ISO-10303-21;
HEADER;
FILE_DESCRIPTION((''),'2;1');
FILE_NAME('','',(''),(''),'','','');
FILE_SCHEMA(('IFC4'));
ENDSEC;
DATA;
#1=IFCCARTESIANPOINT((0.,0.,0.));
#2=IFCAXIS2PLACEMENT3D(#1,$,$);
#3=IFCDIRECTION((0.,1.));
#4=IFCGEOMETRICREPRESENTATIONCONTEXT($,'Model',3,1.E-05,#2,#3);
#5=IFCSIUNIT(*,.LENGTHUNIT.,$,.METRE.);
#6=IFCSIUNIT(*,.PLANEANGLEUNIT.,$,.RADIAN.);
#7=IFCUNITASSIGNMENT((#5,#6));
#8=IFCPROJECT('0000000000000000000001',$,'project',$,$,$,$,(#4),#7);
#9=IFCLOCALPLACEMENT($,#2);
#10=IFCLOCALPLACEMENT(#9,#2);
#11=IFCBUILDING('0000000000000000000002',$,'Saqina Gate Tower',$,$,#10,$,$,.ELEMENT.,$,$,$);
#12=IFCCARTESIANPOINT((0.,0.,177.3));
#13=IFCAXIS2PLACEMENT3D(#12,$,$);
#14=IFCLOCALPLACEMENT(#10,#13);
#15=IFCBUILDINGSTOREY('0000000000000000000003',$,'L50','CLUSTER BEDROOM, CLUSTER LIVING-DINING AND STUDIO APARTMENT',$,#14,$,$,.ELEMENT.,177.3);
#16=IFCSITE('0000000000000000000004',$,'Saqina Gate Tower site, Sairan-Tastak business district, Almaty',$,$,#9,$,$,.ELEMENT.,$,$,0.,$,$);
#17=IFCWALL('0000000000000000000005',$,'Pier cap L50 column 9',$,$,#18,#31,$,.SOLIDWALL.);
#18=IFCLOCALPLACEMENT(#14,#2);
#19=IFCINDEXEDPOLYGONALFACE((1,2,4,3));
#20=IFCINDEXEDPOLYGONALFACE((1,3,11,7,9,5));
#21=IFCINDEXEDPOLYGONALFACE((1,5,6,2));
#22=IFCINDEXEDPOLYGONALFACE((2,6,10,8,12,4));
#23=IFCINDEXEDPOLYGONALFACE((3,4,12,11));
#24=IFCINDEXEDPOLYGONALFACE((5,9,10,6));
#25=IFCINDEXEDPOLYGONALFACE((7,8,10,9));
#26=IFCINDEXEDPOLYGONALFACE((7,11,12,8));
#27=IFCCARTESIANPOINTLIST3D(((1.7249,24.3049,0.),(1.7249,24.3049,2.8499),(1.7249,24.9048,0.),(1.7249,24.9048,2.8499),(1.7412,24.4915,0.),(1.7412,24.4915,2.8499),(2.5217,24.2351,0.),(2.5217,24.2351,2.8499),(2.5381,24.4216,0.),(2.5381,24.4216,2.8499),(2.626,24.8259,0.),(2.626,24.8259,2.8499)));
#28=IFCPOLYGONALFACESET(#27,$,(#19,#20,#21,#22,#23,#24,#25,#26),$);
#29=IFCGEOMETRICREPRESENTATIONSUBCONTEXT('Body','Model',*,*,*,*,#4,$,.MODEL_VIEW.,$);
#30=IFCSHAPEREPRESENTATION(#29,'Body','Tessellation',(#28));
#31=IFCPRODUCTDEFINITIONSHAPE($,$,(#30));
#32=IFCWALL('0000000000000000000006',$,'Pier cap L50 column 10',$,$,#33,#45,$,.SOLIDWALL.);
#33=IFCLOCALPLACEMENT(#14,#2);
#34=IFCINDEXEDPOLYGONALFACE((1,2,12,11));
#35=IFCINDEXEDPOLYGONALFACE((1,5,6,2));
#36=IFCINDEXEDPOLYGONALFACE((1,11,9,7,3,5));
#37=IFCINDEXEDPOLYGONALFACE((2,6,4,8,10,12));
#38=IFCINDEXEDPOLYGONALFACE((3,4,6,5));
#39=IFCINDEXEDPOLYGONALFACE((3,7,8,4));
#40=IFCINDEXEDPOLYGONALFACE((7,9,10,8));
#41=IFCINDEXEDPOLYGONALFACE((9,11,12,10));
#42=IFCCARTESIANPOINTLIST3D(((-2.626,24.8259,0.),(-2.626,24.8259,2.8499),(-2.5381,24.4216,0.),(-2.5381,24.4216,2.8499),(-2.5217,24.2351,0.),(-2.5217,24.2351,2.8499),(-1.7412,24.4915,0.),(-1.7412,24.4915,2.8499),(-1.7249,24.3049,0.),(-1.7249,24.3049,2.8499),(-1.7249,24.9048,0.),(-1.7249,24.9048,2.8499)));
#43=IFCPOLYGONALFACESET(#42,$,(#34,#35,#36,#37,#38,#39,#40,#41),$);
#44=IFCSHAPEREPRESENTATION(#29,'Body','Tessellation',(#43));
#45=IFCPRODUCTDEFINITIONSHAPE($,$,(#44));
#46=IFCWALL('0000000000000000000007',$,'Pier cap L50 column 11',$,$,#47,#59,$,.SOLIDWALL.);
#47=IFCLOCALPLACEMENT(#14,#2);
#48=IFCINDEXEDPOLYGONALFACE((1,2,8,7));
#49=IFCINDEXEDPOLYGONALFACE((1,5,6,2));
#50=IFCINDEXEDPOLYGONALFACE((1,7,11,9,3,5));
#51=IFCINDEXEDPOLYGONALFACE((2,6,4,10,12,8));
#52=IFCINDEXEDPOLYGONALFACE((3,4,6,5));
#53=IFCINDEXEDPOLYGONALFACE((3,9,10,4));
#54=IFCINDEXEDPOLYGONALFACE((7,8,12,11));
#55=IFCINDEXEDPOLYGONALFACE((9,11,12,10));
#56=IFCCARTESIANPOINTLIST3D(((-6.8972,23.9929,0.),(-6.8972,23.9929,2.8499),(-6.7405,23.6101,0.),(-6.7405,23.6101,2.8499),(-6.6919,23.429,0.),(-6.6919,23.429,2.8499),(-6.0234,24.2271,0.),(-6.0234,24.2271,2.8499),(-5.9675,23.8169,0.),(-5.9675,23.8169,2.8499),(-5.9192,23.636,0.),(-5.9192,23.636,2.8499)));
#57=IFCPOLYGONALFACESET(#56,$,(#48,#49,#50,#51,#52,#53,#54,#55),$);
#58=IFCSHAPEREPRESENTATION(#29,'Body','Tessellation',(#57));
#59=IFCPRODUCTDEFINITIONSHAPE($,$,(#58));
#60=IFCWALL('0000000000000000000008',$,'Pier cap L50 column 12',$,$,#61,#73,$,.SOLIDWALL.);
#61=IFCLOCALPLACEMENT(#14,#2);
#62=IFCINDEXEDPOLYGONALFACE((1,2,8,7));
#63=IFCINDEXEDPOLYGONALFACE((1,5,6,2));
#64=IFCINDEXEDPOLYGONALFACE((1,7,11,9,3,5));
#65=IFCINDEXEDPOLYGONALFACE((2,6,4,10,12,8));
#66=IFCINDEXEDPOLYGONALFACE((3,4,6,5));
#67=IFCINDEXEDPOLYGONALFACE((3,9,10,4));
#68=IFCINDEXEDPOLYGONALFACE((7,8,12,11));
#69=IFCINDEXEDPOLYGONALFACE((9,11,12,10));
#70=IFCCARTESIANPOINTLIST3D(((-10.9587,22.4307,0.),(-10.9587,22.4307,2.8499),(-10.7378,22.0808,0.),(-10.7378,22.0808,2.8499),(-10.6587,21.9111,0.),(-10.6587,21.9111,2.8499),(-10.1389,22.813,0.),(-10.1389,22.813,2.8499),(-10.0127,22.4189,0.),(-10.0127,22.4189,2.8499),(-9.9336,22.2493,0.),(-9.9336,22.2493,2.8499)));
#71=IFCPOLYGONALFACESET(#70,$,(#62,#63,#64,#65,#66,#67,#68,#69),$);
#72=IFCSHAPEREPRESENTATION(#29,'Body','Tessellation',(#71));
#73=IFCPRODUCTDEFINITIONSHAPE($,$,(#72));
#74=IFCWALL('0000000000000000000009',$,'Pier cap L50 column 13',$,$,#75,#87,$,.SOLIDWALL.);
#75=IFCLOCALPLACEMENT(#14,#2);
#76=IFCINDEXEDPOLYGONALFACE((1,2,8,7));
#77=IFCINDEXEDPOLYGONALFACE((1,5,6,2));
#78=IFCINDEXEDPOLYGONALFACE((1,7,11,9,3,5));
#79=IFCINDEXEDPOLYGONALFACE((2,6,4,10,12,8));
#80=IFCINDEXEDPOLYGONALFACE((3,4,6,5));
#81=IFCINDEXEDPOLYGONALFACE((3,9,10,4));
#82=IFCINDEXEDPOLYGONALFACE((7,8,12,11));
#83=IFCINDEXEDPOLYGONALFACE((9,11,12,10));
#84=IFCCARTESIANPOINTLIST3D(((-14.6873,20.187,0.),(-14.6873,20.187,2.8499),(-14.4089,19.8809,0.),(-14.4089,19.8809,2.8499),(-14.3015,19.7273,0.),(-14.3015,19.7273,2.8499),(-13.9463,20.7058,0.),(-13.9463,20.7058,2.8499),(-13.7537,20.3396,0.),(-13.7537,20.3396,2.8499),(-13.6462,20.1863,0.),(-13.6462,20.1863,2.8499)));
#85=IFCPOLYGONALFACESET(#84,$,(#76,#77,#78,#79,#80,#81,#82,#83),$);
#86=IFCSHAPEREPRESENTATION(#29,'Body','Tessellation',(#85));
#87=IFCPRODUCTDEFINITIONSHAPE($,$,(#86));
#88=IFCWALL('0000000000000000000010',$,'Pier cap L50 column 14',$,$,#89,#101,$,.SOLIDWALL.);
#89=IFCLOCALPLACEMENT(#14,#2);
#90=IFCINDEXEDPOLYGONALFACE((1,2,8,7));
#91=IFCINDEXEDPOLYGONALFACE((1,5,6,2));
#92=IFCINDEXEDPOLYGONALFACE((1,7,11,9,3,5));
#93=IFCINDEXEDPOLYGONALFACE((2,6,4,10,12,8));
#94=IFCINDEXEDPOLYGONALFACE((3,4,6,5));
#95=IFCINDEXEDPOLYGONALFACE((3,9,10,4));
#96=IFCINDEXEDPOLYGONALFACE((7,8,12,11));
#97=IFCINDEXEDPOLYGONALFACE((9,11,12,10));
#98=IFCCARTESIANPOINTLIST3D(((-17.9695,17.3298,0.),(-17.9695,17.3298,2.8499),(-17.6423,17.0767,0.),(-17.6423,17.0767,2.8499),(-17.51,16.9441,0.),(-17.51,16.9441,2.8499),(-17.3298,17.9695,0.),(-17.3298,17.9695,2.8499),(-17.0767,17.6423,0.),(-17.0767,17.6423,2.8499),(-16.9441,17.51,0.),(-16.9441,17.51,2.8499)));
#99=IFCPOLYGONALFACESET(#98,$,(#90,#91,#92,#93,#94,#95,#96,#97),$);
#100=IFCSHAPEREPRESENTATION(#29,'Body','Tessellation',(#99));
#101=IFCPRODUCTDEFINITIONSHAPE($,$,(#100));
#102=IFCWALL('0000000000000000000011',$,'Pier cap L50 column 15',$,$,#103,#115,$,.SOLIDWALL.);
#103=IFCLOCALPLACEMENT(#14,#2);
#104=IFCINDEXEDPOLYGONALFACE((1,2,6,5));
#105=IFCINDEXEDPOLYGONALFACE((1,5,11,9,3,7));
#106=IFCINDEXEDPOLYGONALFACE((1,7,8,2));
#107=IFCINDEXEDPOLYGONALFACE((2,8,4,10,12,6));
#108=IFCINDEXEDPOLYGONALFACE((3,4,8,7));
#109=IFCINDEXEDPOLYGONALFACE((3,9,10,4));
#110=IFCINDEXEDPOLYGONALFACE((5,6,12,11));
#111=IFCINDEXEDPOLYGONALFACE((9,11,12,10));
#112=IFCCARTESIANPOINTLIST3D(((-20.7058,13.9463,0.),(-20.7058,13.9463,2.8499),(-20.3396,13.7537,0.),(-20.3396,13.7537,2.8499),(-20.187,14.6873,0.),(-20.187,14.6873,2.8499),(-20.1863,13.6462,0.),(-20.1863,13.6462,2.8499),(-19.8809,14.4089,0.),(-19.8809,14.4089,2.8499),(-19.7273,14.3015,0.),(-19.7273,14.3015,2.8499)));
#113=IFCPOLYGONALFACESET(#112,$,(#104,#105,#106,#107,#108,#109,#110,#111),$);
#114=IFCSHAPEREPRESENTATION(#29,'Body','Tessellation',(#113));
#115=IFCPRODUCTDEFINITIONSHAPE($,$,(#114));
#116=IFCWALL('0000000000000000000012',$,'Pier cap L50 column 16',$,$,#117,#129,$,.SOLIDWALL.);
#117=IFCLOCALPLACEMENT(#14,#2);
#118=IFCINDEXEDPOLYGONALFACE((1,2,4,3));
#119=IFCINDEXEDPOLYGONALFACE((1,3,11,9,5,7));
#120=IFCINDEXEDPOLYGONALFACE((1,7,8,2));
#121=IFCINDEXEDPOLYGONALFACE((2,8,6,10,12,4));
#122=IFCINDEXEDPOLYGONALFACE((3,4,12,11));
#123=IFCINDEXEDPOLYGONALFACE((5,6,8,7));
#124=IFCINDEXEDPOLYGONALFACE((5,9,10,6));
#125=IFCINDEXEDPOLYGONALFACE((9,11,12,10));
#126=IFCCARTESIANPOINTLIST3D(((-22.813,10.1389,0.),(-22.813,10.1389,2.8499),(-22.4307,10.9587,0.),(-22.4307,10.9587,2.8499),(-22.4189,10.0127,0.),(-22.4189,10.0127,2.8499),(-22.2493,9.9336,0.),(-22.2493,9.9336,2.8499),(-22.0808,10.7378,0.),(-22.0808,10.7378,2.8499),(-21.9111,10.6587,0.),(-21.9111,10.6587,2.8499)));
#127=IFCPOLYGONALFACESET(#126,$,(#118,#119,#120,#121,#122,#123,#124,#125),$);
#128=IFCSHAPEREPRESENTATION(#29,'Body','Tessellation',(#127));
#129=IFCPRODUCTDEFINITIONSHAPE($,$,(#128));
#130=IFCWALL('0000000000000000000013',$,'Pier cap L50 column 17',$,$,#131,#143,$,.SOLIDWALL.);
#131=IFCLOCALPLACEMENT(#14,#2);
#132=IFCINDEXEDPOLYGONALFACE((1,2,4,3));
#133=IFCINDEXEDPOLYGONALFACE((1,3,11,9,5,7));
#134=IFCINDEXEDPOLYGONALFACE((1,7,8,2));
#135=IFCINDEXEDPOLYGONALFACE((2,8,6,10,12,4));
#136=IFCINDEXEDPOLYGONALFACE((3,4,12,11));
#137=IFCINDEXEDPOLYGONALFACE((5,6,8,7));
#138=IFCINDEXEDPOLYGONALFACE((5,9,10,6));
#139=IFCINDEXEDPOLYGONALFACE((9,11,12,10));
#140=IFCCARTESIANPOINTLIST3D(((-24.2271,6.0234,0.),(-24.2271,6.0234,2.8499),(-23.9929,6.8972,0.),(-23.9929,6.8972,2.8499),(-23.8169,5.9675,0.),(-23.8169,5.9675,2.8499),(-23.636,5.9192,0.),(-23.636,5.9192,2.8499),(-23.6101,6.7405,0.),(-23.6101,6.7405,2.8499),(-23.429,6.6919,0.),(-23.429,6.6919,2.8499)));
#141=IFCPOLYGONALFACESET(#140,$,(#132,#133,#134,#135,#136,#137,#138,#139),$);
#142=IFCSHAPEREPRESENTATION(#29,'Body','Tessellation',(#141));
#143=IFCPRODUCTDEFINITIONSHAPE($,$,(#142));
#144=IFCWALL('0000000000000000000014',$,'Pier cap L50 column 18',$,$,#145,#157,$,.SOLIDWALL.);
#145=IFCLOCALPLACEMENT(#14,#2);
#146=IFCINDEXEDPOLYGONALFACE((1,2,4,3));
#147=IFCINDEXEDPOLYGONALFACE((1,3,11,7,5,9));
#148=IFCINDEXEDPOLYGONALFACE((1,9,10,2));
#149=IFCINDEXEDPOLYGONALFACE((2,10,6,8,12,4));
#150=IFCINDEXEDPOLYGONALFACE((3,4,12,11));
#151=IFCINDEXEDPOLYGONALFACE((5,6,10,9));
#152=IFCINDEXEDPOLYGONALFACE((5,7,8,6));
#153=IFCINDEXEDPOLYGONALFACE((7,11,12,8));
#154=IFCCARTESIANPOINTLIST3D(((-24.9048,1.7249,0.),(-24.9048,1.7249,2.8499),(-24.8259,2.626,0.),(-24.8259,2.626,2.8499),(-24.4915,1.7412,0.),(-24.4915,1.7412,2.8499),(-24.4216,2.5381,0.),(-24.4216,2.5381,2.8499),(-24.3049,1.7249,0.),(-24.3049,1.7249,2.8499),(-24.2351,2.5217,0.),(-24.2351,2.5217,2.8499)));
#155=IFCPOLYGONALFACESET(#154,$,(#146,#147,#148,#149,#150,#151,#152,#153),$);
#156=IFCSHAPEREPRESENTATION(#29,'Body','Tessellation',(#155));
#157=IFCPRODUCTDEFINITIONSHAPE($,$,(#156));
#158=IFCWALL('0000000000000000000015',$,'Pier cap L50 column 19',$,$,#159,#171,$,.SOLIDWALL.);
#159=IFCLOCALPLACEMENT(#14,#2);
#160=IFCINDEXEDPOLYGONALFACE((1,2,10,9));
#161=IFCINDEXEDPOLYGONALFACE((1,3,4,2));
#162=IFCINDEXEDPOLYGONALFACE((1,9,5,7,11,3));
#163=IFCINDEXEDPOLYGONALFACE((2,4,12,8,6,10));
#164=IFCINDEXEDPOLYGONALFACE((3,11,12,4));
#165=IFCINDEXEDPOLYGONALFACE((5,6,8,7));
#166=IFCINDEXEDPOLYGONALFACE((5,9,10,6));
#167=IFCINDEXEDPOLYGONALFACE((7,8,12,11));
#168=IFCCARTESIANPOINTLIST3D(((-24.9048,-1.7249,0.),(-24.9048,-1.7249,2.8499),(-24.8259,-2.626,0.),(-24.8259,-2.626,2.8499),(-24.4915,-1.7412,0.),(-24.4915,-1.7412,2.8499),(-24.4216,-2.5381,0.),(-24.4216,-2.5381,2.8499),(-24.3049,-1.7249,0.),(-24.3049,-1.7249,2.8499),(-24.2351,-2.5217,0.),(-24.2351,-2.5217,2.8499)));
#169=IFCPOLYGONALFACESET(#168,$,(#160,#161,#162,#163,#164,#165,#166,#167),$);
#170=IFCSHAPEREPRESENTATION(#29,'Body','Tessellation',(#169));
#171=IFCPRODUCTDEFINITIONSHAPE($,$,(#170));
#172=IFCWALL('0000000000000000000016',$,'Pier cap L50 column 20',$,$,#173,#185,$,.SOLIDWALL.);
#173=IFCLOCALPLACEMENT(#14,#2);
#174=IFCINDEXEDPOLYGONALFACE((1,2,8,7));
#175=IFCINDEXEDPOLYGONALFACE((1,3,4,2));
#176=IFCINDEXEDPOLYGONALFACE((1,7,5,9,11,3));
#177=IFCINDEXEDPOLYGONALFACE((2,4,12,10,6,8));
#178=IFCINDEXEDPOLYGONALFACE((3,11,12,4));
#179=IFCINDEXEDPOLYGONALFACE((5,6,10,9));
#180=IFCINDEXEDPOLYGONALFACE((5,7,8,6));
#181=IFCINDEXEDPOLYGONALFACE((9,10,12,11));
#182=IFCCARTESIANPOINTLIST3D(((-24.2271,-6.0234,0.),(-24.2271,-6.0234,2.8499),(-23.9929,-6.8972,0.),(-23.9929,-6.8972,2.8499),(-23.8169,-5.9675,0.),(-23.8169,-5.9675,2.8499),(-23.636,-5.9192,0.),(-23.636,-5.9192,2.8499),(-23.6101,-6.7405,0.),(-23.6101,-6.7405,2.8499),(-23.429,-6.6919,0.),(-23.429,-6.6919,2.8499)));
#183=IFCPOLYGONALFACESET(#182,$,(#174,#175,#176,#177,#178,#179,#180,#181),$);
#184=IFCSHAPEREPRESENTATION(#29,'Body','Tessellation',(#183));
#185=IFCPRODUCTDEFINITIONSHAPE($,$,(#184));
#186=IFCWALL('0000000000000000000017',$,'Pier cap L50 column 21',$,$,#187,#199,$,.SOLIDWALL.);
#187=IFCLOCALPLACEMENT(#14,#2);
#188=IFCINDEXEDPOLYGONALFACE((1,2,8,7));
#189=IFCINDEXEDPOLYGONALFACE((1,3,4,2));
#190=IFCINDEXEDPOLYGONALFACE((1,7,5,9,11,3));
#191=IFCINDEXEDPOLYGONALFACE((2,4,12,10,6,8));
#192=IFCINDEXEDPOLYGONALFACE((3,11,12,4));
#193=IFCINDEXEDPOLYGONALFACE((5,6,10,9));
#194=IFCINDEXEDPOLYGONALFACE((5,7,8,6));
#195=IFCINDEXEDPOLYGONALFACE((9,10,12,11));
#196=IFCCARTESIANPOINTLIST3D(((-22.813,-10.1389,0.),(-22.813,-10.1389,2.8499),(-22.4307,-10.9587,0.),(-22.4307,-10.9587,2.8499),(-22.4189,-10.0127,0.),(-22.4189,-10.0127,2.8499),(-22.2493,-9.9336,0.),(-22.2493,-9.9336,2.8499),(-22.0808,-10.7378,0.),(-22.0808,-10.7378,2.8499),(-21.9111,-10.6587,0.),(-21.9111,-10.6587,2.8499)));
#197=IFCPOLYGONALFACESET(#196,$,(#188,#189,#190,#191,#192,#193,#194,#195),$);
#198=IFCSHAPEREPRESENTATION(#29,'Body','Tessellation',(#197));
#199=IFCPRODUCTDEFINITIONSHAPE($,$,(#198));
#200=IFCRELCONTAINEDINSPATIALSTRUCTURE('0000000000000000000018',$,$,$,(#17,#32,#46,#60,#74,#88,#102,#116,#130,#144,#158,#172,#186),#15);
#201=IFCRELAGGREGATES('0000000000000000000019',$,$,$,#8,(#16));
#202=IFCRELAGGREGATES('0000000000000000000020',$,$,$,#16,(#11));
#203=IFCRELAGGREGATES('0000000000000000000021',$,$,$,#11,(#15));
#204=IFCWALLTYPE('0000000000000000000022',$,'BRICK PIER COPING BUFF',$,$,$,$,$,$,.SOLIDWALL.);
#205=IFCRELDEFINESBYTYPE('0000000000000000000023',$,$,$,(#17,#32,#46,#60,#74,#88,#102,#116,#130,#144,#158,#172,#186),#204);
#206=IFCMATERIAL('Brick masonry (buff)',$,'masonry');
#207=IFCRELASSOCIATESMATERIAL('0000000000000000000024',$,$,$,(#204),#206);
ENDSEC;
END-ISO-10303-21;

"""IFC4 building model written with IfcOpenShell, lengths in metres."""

from ifc_helpers import new_model, si_unit, direction, frame, origin, place, context, subcontext, project, spatial, polyline, outline, extrude, material, type_object, element, save


model = new_model("IFC4")

# Units and contexts
model_context = context("Model", 3, precision=1e-05, world=origin(), true_north=direction((0.0, 1.0)))
body_context = subcontext(model_context, "Body", "Model", "MODEL_VIEW")
ifc_project = project(units=[si_unit("LENGTHUNIT", "METRE"), si_unit("PLANEANGLEUNIT", "RADIAN")], contexts=[model_context])

# Site, building, storey
site_placement = place(None, origin())
site = spatial("IfcSite", under=ifc_project, at=site_placement, Name="Saqina Gate Tower site, Sairan-Tastak business district, Almaty", CompositionType="ELEMENT", RefElevation=0.0)
building_placement = place(site_placement, origin())
building = spatial("IfcBuilding", under=site, at=building_placement, Name="Saqina Gate Tower", CompositionType="ELEMENT")
storey_placement = place(building_placement, frame((0.0, 0.0, 177.3)))
storey = spatial("IfcBuildingStorey", under=building, at=storey_placement, Name="L50", Description="CLUSTER BEDROOM, CLUSTER LIVING-DINING AND STUDIO APARTMENT", CompositionType="ELEMENT", Elevation=177.3)

# Walls
ifc_material = material(Name="Brick masonry (buff)", Category="masonry")
wall_type = type_object("IfcWallType", Name="BRICK PIER COPING BUFF", PredefinedType="SOLIDWALL", material=ifc_material)
wall_1_placement = place(storey_placement, origin())
element("IfcWall", 1, at=wall_1_placement, inside=storey, type_object=wall_type, Name="Pier cap L50 column 9", PredefinedType="SOLIDWALL", context=body_context, shape_type="SweptSolid", body=[
    extrude(outline(polyline([(2.626, 24.8259), (1.7249, 24.9048), (1.7249, 24.3049), (1.7412, 24.4915), (2.5381, 24.4216), (2.5217, 24.2351), (2.626, 24.8259)])), origin(), (0.0, 0.0, 1.0), 2.8499),
])
wall_2_placement = place(storey_placement, origin())
element("IfcWall", 2, at=wall_2_placement, inside=storey, type_object=wall_type, Name="Pier cap L50 column 10", PredefinedType="SOLIDWALL", context=body_context, shape_type="SweptSolid", body=[
    extrude(outline(polyline([(-1.7249, 24.9048), (-2.626, 24.8259), (-2.5217, 24.2351), (-2.5381, 24.4216), (-1.7412, 24.4915), (-1.7249, 24.3049), (-1.7249, 24.9048)])), origin(), (0.0, 0.0, 1.0), 2.8499),
])
wall_3_placement = place(storey_placement, origin())
element("IfcWall", 3, at=wall_3_placement, inside=storey, type_object=wall_type, Name="Pier cap L50 column 11", PredefinedType="SOLIDWALL", context=body_context, shape_type="SweptSolid", body=[
    extrude(outline(polyline([(-6.0234, 24.2271), (-6.8972, 23.9929), (-6.6919, 23.429), (-6.7405, 23.6101), (-5.9675, 23.8169), (-5.9192, 23.636), (-6.0234, 24.2271)])), origin(), (0.0, 0.0, 1.0), 2.8499),
])
wall_4_placement = place(storey_placement, origin())
element("IfcWall", 4, at=wall_4_placement, inside=storey, type_object=wall_type, Name="Pier cap L50 column 12", PredefinedType="SOLIDWALL", context=body_context, shape_type="SweptSolid", body=[
    extrude(outline(polyline([(-10.9587, 22.4307), (-10.6587, 21.9111), (-10.7378, 22.0808), (-10.0127, 22.4189), (-9.9336, 22.2493), (-10.1389, 22.813), (-10.9587, 22.4307)])), origin(), (0.0, 0.0, 1.0), 2.8499),
])
wall_5_placement = place(storey_placement, origin())
element("IfcWall", 5, at=wall_5_placement, inside=storey, type_object=wall_type, Name="Pier cap L50 column 13", PredefinedType="SOLIDWALL", context=body_context, shape_type="SweptSolid", body=[
    extrude(outline(polyline([(-13.9463, 20.7058), (-14.6873, 20.187), (-14.3015, 19.7273), (-14.4089, 19.8809), (-13.7537, 20.3396), (-13.6462, 20.1863), (-13.9463, 20.7058)])), origin(), (0.0, 0.0, 1.0), 2.8499),
])
wall_6_placement = place(storey_placement, origin())
element("IfcWall", 6, at=wall_6_placement, inside=storey, type_object=wall_type, Name="Pier cap L50 column 14", PredefinedType="SOLIDWALL", context=body_context, shape_type="SweptSolid", body=[
    extrude(outline(polyline([(-17.9695, 17.3298), (-17.51, 16.9441), (-17.6423, 17.0767), (-17.0767, 17.6423), (-16.9441, 17.51), (-17.3298, 17.9695), (-17.9695, 17.3298)])), origin(), (0.0, 0.0, 1.0), 2.8499),
])
wall_7_placement = place(storey_placement, origin())
element("IfcWall", 7, at=wall_7_placement, inside=storey, type_object=wall_type, Name="Pier cap L50 column 15", PredefinedType="SOLIDWALL", context=body_context, shape_type="SweptSolid", body=[
    extrude(outline(polyline([(-20.187, 14.6873), (-20.7058, 13.9463), (-20.1863, 13.6462), (-20.3396, 13.7537), (-19.8809, 14.4089), (-19.7273, 14.3015), (-20.187, 14.6873)])), origin(), (0.0, 0.0, 1.0), 2.8499),
])
wall_8_placement = place(storey_placement, origin())
element("IfcWall", 8, at=wall_8_placement, inside=storey, type_object=wall_type, Name="Pier cap L50 column 16", PredefinedType="SOLIDWALL", context=body_context, shape_type="SweptSolid", body=[
    extrude(outline(polyline([(-22.813, 10.1389), (-22.2493, 9.9336), (-22.4189, 10.0127), (-22.0808, 10.7378), (-21.9111, 10.6587), (-22.4307, 10.9587), (-22.813, 10.1389)])), origin(), (0.0, 0.0, 1.0), 2.8499),
])
wall_9_placement = place(storey_placement, origin())
element("IfcWall", 9, at=wall_9_placement, inside=storey, type_object=wall_type, Name="Pier cap L50 column 17", PredefinedType="SOLIDWALL", context=body_context, shape_type="SweptSolid", body=[
    extrude(outline(polyline([(-24.2271, 6.0234), (-23.636, 5.9192), (-23.8169, 5.9675), (-23.6101, 6.7405), (-23.429, 6.6919), (-23.9929, 6.8972), (-24.2271, 6.0234)])), origin(), (0.0, 0.0, 1.0), 2.8499),
])
wall_10_placement = place(storey_placement, origin())
element("IfcWall", 10, at=wall_10_placement, inside=storey, type_object=wall_type, Name="Pier cap L50 column 18", PredefinedType="SOLIDWALL", context=body_context, shape_type="SweptSolid", body=[
    extrude(outline(polyline([(-24.8259, 2.626), (-24.9048, 1.7249), (-24.3049, 1.7249), (-24.4915, 1.7412), (-24.4216, 2.5381), (-24.2351, 2.5217), (-24.8259, 2.626)])), origin(), (0.0, 0.0, 1.0), 2.8499),
])
wall_11_placement = place(storey_placement, origin())
element("IfcWall", 11, at=wall_11_placement, inside=storey, type_object=wall_type, Name="Pier cap L50 column 19", PredefinedType="SOLIDWALL", context=body_context, shape_type="SweptSolid", body=[
    extrude(outline(polyline([(-24.9048, -1.7249), (-24.8259, -2.626), (-24.2351, -2.5217), (-24.4216, -2.5381), (-24.4915, -1.7412), (-24.3049, -1.7249), (-24.9048, -1.7249)])), origin(), (0.0, 0.0, 1.0), 2.8499),
])
wall_12_placement = place(storey_placement, origin())
element("IfcWall", 12, at=wall_12_placement, inside=storey, type_object=wall_type, Name="Pier cap L50 column 20", PredefinedType="SOLIDWALL", context=body_context, shape_type="SweptSolid", body=[
    extrude(outline(polyline([(-24.2271, -6.0234), (-23.9929, -6.8972), (-23.429, -6.6919), (-23.6101, -6.7405), (-23.8169, -5.9675), (-23.636, -5.9192), (-24.2271, -6.0234)])), origin(), (0.0, 0.0, 1.0), 2.8499),
])
wall_13_placement = place(storey_placement, origin())
element("IfcWall", 13, at=wall_13_placement, inside=storey, type_object=wall_type, Name="Pier cap L50 column 21", PredefinedType="SOLIDWALL", context=body_context, shape_type="SweptSolid", body=[
    extrude(outline(polyline([(-22.4307, -10.9587), (-21.9111, -10.6587), (-22.0808, -10.7378), (-22.4189, -10.0127), (-22.2493, -9.9336), (-22.813, -10.1389), (-22.4307, -10.9587)])), origin(), (0.0, 0.0, 1.0), 2.8499),
])

save(model, "model.ifc")
